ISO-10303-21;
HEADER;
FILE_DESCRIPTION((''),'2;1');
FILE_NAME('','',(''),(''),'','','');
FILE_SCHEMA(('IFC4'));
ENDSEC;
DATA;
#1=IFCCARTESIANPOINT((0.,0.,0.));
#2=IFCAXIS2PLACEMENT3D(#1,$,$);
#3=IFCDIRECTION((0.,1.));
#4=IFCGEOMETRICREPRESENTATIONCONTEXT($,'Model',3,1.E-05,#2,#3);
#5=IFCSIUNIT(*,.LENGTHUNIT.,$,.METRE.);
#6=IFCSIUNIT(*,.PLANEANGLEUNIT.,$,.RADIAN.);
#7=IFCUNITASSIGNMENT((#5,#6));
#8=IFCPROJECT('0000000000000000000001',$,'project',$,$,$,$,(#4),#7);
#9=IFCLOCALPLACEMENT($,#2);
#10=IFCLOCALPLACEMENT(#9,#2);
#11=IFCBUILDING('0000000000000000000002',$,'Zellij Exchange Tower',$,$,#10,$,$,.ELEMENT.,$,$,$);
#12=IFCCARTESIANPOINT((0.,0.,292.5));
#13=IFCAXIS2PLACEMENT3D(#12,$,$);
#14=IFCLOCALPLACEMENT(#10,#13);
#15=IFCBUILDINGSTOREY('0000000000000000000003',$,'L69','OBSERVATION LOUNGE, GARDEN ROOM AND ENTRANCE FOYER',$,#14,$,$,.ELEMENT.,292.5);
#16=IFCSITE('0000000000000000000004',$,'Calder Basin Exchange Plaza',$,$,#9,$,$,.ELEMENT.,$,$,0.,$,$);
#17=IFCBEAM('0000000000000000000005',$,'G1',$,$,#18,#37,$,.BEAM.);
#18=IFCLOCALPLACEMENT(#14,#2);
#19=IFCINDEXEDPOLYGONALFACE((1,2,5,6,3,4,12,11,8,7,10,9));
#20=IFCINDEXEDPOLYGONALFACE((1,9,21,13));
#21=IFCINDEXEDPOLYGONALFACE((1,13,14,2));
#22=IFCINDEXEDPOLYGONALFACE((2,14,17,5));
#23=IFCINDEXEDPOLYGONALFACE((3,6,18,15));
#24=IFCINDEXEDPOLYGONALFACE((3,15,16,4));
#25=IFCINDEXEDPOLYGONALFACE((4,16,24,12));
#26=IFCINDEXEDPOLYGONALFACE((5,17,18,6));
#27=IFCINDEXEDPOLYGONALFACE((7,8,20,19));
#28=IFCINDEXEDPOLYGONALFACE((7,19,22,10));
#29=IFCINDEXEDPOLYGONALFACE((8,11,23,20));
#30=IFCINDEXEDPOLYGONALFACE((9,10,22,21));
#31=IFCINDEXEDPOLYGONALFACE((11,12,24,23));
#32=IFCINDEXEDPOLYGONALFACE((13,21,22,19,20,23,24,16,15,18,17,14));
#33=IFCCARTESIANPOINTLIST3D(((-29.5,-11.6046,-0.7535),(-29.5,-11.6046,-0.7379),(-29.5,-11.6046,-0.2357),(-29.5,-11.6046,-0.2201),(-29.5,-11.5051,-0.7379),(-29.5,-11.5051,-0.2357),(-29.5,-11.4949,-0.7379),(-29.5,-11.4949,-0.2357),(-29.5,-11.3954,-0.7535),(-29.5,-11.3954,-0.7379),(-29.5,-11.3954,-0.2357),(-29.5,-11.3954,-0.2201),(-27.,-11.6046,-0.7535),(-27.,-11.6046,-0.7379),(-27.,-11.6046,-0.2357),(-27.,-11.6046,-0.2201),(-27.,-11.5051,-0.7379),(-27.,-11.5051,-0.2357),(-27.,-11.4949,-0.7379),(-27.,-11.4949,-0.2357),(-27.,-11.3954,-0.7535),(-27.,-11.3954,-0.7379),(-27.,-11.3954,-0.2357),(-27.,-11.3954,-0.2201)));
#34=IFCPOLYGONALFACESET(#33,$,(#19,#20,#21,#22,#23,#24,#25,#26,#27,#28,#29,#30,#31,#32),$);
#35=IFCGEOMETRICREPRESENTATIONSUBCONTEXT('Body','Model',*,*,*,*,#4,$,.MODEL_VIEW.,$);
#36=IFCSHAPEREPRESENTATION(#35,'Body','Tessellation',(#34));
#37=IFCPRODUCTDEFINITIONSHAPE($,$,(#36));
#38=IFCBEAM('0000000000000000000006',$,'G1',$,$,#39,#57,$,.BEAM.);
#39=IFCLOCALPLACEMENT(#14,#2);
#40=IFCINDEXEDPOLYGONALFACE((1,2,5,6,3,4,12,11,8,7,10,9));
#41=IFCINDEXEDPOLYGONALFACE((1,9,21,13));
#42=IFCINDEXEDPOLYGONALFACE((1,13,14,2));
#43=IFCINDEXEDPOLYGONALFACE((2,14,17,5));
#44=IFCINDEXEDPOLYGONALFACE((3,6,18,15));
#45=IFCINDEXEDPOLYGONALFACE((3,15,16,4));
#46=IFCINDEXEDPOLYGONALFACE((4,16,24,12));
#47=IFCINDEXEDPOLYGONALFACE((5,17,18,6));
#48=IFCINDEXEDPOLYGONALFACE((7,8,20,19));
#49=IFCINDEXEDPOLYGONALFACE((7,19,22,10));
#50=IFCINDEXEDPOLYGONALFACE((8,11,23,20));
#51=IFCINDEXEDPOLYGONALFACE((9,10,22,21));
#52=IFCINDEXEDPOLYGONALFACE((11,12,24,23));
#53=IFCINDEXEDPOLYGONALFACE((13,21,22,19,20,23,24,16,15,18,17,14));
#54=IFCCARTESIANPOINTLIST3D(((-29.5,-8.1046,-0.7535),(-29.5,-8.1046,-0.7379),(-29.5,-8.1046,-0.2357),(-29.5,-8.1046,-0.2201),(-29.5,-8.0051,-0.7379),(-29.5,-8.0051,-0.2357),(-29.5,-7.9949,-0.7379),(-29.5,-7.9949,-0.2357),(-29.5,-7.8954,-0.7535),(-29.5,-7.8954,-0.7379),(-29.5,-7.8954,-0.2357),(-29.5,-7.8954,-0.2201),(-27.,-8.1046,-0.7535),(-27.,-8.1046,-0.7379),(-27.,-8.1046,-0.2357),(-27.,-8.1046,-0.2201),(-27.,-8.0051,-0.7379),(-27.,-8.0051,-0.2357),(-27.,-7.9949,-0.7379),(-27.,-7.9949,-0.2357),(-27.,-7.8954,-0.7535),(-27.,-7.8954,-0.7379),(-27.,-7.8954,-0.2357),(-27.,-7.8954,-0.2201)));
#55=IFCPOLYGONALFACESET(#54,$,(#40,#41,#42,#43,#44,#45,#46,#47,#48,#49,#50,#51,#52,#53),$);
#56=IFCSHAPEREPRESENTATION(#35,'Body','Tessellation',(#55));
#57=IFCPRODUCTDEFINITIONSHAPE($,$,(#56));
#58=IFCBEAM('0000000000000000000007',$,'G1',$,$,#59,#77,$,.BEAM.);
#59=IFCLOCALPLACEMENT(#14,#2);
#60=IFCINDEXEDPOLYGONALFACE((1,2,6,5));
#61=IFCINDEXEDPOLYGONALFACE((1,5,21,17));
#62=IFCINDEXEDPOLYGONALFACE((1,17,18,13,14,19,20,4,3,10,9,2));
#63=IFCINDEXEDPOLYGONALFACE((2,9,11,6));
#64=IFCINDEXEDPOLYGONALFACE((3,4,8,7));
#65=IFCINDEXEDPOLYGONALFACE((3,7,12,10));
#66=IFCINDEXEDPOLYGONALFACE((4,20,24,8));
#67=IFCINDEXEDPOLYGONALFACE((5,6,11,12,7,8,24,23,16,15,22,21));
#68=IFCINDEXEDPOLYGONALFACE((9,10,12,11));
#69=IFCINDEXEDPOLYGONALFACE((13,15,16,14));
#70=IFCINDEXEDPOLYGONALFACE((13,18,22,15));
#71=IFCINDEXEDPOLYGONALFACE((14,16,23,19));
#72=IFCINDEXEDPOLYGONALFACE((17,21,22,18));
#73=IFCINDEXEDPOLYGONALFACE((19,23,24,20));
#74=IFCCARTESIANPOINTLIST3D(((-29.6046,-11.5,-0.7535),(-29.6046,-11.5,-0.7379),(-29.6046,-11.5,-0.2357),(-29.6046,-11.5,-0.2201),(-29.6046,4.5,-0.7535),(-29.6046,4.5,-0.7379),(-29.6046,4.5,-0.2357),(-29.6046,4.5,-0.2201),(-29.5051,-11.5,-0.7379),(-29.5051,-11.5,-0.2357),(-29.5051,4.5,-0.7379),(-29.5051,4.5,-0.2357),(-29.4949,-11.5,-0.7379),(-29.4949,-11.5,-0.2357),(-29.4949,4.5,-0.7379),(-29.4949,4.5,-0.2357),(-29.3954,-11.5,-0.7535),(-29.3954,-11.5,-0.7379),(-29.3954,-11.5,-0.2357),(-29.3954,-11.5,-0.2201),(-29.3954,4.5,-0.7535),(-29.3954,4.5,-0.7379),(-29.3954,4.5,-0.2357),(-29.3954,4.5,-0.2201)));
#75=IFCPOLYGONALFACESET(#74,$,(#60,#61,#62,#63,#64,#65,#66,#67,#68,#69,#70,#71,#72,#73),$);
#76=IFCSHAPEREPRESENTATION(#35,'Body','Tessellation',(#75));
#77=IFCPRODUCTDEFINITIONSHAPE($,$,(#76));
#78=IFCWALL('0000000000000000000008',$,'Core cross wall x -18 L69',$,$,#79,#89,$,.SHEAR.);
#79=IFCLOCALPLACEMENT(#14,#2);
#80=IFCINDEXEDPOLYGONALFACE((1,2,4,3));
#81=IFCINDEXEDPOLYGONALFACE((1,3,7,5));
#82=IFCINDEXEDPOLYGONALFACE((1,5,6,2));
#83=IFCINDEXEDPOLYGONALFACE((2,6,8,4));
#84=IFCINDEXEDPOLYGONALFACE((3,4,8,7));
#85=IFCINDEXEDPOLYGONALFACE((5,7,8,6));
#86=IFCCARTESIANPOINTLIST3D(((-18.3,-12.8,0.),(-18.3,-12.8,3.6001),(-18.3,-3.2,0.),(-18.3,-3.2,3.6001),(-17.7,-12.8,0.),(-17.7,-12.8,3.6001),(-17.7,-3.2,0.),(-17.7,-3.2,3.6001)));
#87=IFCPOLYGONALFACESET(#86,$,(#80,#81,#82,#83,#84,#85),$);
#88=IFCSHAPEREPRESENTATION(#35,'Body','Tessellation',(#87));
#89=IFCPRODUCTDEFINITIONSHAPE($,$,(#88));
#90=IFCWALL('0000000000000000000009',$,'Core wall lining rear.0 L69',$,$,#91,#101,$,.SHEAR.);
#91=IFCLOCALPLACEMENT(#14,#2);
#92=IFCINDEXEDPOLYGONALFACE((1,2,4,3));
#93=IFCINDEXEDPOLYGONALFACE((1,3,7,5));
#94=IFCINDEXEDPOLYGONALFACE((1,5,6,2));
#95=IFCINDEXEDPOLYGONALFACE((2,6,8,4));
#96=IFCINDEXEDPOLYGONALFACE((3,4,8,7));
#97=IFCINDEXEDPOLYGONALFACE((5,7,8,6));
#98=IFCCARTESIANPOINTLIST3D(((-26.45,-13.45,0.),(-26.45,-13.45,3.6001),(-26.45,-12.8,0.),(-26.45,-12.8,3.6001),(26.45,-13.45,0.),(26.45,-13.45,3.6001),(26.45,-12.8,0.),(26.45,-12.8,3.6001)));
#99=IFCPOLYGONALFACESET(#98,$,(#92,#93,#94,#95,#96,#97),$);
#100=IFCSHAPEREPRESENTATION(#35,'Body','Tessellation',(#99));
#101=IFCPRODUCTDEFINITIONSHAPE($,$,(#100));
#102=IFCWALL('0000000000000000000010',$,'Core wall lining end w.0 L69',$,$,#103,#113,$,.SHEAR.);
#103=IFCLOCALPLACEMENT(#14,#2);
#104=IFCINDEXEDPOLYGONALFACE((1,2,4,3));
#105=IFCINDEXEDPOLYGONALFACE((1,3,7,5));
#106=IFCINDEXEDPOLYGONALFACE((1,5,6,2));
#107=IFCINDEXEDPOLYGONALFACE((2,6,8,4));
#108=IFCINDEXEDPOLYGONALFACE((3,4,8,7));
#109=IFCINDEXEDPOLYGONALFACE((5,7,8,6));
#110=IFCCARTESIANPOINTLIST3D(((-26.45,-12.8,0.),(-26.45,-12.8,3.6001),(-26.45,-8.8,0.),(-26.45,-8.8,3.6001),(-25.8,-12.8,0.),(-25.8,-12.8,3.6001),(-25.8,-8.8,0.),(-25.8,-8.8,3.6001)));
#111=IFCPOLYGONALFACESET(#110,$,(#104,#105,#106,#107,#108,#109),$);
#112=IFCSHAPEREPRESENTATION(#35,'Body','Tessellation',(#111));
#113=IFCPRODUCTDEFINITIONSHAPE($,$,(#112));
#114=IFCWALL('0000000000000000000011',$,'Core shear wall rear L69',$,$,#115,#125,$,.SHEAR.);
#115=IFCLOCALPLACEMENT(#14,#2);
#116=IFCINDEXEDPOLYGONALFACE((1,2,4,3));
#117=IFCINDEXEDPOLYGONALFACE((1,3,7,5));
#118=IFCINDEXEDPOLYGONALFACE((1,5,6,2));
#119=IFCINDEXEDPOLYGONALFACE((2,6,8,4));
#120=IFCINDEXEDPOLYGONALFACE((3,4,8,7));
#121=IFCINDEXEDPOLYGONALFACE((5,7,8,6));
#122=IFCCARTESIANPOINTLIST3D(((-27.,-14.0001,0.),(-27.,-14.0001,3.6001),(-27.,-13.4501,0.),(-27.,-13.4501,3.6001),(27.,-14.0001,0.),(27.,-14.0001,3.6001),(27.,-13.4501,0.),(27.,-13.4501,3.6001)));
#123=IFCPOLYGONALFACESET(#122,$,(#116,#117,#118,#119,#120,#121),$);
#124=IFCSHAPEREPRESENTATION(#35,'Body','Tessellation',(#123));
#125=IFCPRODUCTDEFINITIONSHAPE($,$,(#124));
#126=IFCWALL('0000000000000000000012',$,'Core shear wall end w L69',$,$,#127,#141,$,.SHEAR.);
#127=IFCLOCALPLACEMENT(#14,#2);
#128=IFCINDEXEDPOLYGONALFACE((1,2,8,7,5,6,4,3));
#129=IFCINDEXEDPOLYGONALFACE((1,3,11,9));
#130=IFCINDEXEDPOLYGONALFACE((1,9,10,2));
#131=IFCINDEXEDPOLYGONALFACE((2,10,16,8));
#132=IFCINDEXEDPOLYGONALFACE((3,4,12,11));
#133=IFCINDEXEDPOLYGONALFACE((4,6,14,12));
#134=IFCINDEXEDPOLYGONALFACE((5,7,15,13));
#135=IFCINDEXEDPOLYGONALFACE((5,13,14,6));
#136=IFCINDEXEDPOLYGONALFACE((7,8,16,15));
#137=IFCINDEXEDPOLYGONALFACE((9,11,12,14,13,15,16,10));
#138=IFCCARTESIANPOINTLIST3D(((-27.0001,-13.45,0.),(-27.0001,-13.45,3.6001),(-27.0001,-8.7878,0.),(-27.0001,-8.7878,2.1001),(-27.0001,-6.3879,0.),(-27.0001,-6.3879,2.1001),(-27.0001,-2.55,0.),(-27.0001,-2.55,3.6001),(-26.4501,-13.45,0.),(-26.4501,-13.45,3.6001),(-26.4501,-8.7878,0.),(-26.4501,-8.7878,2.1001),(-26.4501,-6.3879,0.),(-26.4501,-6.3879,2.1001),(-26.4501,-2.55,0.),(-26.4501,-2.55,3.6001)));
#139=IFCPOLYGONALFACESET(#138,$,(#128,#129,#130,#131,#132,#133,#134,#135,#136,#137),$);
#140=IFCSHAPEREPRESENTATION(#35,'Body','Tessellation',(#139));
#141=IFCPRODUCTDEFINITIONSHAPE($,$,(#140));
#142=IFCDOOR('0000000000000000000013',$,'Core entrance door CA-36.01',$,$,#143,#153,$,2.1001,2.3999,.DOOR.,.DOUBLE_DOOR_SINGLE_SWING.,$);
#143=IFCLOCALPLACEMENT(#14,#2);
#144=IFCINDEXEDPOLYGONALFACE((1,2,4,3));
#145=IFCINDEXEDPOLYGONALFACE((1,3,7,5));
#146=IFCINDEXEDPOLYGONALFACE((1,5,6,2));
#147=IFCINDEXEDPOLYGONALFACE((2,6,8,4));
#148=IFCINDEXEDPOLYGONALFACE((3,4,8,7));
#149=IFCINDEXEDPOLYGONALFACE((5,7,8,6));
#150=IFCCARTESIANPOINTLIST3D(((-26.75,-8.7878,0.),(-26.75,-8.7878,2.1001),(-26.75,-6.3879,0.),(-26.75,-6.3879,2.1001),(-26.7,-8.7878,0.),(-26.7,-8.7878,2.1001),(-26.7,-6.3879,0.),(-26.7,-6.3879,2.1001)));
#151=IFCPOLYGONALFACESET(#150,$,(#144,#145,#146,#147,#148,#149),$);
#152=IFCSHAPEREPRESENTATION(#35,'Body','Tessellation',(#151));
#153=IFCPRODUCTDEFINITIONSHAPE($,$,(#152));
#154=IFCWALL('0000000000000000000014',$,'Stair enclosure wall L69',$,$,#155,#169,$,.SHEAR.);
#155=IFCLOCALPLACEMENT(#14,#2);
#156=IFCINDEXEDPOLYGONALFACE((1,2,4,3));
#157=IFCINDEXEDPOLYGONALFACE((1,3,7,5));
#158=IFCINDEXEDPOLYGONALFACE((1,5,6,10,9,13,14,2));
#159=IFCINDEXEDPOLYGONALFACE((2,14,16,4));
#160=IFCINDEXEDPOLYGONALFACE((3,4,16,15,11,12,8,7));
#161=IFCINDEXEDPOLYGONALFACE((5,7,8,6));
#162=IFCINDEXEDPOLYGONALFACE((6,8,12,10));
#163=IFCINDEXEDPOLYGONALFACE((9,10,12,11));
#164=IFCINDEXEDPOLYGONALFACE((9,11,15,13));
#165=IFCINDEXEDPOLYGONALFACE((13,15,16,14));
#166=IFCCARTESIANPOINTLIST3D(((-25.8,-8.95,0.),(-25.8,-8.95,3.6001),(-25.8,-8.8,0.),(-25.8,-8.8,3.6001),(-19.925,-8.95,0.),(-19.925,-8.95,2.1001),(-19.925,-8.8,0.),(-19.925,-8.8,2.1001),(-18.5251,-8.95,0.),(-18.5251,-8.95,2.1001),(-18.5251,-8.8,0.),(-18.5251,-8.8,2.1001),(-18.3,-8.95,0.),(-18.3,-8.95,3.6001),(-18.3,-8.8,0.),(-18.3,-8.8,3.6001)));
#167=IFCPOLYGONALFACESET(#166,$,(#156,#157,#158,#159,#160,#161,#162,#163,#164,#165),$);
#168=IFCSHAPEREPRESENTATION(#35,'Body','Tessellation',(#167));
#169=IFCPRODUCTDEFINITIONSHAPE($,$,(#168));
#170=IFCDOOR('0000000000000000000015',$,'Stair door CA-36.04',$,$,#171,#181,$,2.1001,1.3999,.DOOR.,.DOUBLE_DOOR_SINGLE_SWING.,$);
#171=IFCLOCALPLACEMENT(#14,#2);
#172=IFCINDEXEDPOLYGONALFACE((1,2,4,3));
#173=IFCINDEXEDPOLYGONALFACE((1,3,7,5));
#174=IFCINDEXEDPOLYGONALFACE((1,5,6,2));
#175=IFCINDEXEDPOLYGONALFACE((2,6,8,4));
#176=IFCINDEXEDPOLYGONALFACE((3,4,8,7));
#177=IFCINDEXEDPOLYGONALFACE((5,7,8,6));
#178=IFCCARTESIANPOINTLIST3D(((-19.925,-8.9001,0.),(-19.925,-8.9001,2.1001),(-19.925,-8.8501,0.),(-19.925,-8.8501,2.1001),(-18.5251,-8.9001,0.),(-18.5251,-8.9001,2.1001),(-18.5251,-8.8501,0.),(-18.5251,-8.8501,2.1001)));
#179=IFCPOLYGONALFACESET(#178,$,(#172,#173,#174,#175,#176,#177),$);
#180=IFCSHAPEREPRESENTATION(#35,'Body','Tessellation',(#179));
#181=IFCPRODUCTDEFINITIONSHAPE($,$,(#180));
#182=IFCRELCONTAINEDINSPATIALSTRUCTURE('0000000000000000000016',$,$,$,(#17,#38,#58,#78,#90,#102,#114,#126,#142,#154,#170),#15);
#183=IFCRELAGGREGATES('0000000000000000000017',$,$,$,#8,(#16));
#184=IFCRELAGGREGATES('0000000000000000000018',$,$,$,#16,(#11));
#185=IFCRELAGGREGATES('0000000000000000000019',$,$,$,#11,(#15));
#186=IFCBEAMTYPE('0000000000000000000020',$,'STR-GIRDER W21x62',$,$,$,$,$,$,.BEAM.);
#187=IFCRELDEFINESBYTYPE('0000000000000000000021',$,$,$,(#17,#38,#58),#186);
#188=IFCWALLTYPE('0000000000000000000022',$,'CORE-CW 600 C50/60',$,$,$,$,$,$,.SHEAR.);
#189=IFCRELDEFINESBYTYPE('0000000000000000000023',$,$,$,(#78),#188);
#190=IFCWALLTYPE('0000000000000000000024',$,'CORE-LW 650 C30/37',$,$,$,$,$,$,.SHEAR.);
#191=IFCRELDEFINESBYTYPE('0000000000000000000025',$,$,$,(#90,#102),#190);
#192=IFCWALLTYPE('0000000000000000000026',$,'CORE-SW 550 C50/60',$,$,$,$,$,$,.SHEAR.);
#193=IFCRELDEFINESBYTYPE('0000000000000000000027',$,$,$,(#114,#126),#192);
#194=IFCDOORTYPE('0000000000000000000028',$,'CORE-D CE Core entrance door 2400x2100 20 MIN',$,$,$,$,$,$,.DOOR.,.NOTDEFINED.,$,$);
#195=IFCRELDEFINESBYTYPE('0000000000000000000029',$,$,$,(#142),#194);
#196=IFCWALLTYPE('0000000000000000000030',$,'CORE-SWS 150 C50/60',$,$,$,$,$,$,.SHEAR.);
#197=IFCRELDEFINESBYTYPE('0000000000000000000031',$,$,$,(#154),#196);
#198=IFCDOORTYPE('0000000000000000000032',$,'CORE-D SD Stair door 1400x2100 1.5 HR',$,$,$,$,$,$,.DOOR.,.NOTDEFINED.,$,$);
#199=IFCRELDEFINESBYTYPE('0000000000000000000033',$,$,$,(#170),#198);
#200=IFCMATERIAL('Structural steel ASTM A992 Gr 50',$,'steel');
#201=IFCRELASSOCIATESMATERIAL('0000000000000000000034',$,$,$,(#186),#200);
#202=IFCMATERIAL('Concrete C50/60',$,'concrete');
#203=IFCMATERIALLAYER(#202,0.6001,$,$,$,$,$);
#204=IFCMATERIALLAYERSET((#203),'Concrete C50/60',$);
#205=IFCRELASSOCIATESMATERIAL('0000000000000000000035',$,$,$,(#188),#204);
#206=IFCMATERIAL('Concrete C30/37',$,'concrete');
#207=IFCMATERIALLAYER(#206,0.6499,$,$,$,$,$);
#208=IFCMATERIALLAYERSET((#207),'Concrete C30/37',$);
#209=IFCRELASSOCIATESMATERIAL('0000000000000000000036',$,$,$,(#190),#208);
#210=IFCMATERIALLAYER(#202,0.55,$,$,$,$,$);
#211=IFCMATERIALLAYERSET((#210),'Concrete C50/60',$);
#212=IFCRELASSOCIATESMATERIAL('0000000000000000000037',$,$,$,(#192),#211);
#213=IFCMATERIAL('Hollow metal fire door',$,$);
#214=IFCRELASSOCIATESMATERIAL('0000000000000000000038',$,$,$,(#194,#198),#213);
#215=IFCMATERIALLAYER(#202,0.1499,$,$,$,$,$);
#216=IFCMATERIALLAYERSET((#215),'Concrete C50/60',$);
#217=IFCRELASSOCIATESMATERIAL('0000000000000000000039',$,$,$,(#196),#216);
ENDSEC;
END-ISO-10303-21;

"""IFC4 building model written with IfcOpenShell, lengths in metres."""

from ifc_helpers import new_model, si_unit, direction, frame, frame_2d, origin, origin_2d, place, context, subcontext, project, spatial, rectangle, i_section, extrude, material, layer, layer_set, material_profile, profile_set, type_object, element, fill, save


model = new_model("IFC4")

# Units and contexts
model_context = context("Model", 3, precision=1e-05, world=origin(), true_north=direction((0.0, 1.0)))
body_context = subcontext(model_context, "Body", "Model", "MODEL_VIEW")
ifc_project = project(units=[si_unit("LENGTHUNIT", "METRE"), si_unit("PLANEANGLEUNIT", "RADIAN")], contexts=[model_context])

# Site, building, storey
site_placement = place(None, origin())
site = spatial("IfcSite", under=ifc_project, at=site_placement, Name="Calder Basin Exchange Plaza", CompositionType="ELEMENT", RefElevation=0.0)
building_placement = place(site_placement, origin())
building = spatial("IfcBuilding", under=site, at=building_placement, Name="Zellij Exchange Tower", CompositionType="ELEMENT")
storey_placement = place(building_placement, frame((0.0, 0.0, 292.5)))
storey = spatial("IfcBuildingStorey", under=building, at=storey_placement, Name="L69", Description="OBSERVATION LOUNGE, GARDEN ROOM AND ENTRANCE FOYER", CompositionType="ELEMENT", Elevation=292.5)

# Beams
ifc_material_1 = material(Name="Structural steel ASTM A992 Gr 50", Category="steel")
ifc_material_profile = material_profile(ifc_material_1, i_section(OverallWidth=0.2092, OverallDepth=0.5334, WebThickness=0.0103, FlangeThickness=0.0156, at=origin_2d()), Name="W21x62")
ifc_profile_set = profile_set([ifc_material_profile], Name="Structural steel ASTM A992 Gr 50")
beam_type = type_object("IfcBeamType", Name="STR-GIRDER W21x62", PredefinedType="BEAM", material=ifc_profile_set)
for number, where, z_axis, x_axis, name in (
    (1, (-29.5, -11.5, -0.4868), (1.0, 0.0, 0.0), (0.0, 1.0, 0.0), "G1"),
    (2, (-29.5, -8.0, -0.4868), (1.0, 0.0, 0.0), (0.0, 1.0, 0.0), "G1"),
):
    element("IfcBeam", number, at=place(storey_placement, frame(where, z_axis=z_axis, x_axis=x_axis)), inside=storey, type_object=beam_type, Name=name, PredefinedType="BEAM", context=body_context, shape_type="SweptSolid", body=[
        extrude(i_section(OverallWidth=0.2092, OverallDepth=0.5334, WebThickness=0.0103, FlangeThickness=0.0156, at=origin_2d()), origin(), (0.0, 0.0, 1.0), 2.5),
    ])
beam_placement = place(storey_placement, frame((-29.5, -11.5, -0.4868), z_axis=(0.0, 1.0, 0.0), x_axis=(-1.0, 0.0, 0.0)))
element("IfcBeam", 3, at=beam_placement, inside=storey, type_object=beam_type, Name="G1", PredefinedType="BEAM", context=body_context, shape_type="SweptSolid", body=[
    extrude(i_section(OverallWidth=0.2092, OverallDepth=0.5334, WebThickness=0.0103, FlangeThickness=0.0156, at=origin_2d()), origin(), (0.0, 0.0, 1.0), 16.0),
])

# Walls
ifc_material_2 = material(Name="Concrete C50/60", Category="concrete")
ifc_layer_1 = layer(ifc_material_2, 0.6001)
ifc_layer_set_1 = layer_set([ifc_layer_1], Name="Concrete C50/60")
wall_type_1 = type_object("IfcWallType", Name="CORE-CW 600 C50/60", PredefinedType="SHEAR", material=ifc_layer_set_1)
wall_1_placement = place(storey_placement, frame((-18.0, -12.8, 0.0), z_axis=(0.0, 0.0, 1.0), x_axis=(0.0, 1.0, 0.0)))
element("IfcWall", 4, at=wall_1_placement, inside=storey, type_object=wall_type_1, Name="Core cross wall x -18 L69", PredefinedType="SHEAR", context=body_context, shape_type="SweptSolid", body=[
    extrude(rectangle(XDim=9.6001, YDim=0.6001, at=frame_2d((4.8, 0.0))), origin(), (0.0, 0.0, 1.0), 3.6001),
])
ifc_material_3 = material(Name="Concrete C30/37", Category="concrete")
ifc_layer_2 = layer(ifc_material_3, 0.6499)
ifc_layer_set_2 = layer_set([ifc_layer_2], Name="Concrete C30/37")
wall_type_2 = type_object("IfcWallType", Name="CORE-LW 650 C30/37", PredefinedType="SHEAR", material=ifc_layer_set_2)
wall_2_placement = place(storey_placement, frame((-26.45, -13.125, 0.0), z_axis=(0.0, 0.0, 1.0), x_axis=(1.0, 0.0, 0.0)))
element("IfcWall", 5, at=wall_2_placement, inside=storey, type_object=wall_type_2, Name="Core wall lining rear.0 L69", PredefinedType="SHEAR", context=body_context, shape_type="SweptSolid", body=[
    extrude(rectangle(XDim=52.8999, YDim=0.6499, at=frame_2d((26.45, 0.0))), origin(), (0.0, 0.0, 1.0), 3.6001),
])
wall_3_placement = place(storey_placement, frame((-26.125, -12.8, 0.0), z_axis=(0.0, 0.0, 1.0), x_axis=(0.0, 1.0, 0.0)))
element("IfcWall", 6, at=wall_3_placement, inside=storey, type_object=wall_type_2, Name="Core wall lining end w.0 L69", PredefinedType="SHEAR", context=body_context, shape_type="SweptSolid", body=[
    extrude(rectangle(XDim=4.0, YDim=0.6499, at=frame_2d((2.0, 0.0))), origin(), (0.0, 0.0, 1.0), 3.6001),
])
ifc_layer_3 = layer(ifc_material_2, 0.55)
ifc_layer_set_3 = layer_set([ifc_layer_3], Name="Concrete C50/60")
wall_type_3 = type_object("IfcWallType", Name="CORE-SW 550 C50/60", PredefinedType="SHEAR", material=ifc_layer_set_3)
wall_4_placement = place(storey_placement, frame((-27.0, -13.7251, 0.0), z_axis=(0.0, 0.0, 1.0), x_axis=(1.0, 0.0, 0.0)))
element("IfcWall", 7, at=wall_4_placement, inside=storey, type_object=wall_type_3, Name="Core shear wall rear L69", PredefinedType="SHEAR", context=body_context, shape_type="SweptSolid", body=[
    extrude(rectangle(XDim=54.0, YDim=0.55, at=frame_2d((27.0, 0.0))), origin(), (0.0, 0.0, 1.0), 3.6001),
])

# Walls, openings, doors
wall_5_placement = place(storey_placement, frame((-26.7251, -13.45, 0.0), z_axis=(0.0, 0.0, 1.0), x_axis=(0.0, 1.0, 0.0)))
wall_5 = element("IfcWall", 8, at=wall_5_placement, inside=storey, type_object=wall_type_3, Name="Core shear wall end w L69", PredefinedType="SHEAR", context=body_context, shape_type="SweptSolid", body=[
    extrude(rectangle(XDim=10.8999, YDim=0.55, at=frame_2d((5.45, 0.0))), origin(), (0.0, 0.0, 1.0), 3.6001),
])
opening_1_placement = place(wall_5_placement, frame((4.6621, 0.0, 0.0)))
opening_1 = element("IfcOpeningElement", 9, at=opening_1_placement, cuts=wall_5, PredefinedType="OPENING", context=body_context, shape_type="SweptSolid", body=[
    extrude(rectangle(XDim=2.3999, YDim=2.1001, at=frame_2d((1.2, 1.05))), frame((0.0, 0.2871, 0.0), z_axis=(0.0, -1.0, 0.0), x_axis=(1.0, 0.0, 0.0)), (0.0, 0.0, 1.0), 0.574),
])
ifc_material_4 = material(Name="Hollow metal fire door")
door_type_1 = type_object("IfcDoorType", Name="CORE-D CE Core entrance door 2400x2100 20 MIN", OperationType="NOTDEFINED", PredefinedType="DOOR", material=ifc_material_4)
door_1_placement = place(opening_1_placement, origin())
door_1 = element("IfcDoor", 10, at=door_1_placement, inside=storey, type_object=door_type_1, Name="Core entrance door CA-36.01", OperationType="DOUBLE_DOOR_SINGLE_SWING", OverallHeight=2.1001, OverallWidth=2.3999, PredefinedType="DOOR", context=body_context, shape_type="SweptSolid", body=[
    extrude(rectangle(XDim=2.3999, YDim=2.1001, at=frame_2d((1.2, 1.05))), frame((0.0, 0.0249, 0.0), z_axis=(0.0, -1.0, 0.0), x_axis=(1.0, 0.0, 0.0)), (0.0, 0.0, 1.0), 0.05),
])
fill(opening_1, door_1)
ifc_layer_4 = layer(ifc_material_2, 0.1499)
ifc_layer_set_4 = layer_set([ifc_layer_4], Name="Concrete C50/60")
wall_type_4 = type_object("IfcWallType", Name="CORE-SWS 150 C50/60", PredefinedType="SHEAR", material=ifc_layer_set_4)
wall_6_placement = place(storey_placement, frame((-25.8, -8.875, 0.0), z_axis=(0.0, 0.0, 1.0), x_axis=(1.0, 0.0, 0.0)))
wall_6 = element("IfcWall", 11, at=wall_6_placement, inside=storey, type_object=wall_type_4, Name="Stair enclosure wall L69", PredefinedType="SHEAR", context=body_context, shape_type="SweptSolid", body=[
    extrude(rectangle(XDim=7.5, YDim=0.1499, at=frame_2d((3.75, 0.0))), origin(), (0.0, 0.0, 1.0), 3.6001),
])
opening_2_placement = place(wall_6_placement, frame((5.875, 0.0, 0.0)))
opening_2 = element("IfcOpeningElement", 12, at=opening_2_placement, cuts=wall_6, PredefinedType="OPENING", context=body_context, shape_type="SweptSolid", body=[
    extrude(rectangle(XDim=1.3999, YDim=2.1001, at=frame_2d((0.7, 1.05))), frame((0.0, 0.0869, 0.0), z_axis=(0.0, -1.0, 0.0), x_axis=(1.0, 0.0, 0.0)), (0.0, 0.0, 1.0), 0.1738),
])
door_type_2 = type_object("IfcDoorType", Name="CORE-D SD Stair door 1400x2100 1.5 HR", OperationType="NOTDEFINED", PredefinedType="DOOR", material=ifc_material_4)
door_2_placement = place(opening_2_placement, origin())
door_2 = element("IfcDoor", 13, at=door_2_placement, inside=storey, type_object=door_type_2, Name="Stair door CA-36.04", OperationType="DOUBLE_DOOR_SINGLE_SWING", OverallHeight=2.1001, OverallWidth=1.3999, PredefinedType="DOOR", context=body_context, shape_type="SweptSolid", body=[
    extrude(rectangle(XDim=1.3999, YDim=2.1001, at=frame_2d((0.7, 1.05))), frame((0.0, 0.0249, 0.0), z_axis=(0.0, -1.0, 0.0), x_axis=(1.0, 0.0, 0.0)), (0.0, 0.0, 1.0), 0.05),
])
fill(opening_2, door_2)

save(model, "model.ifc")
